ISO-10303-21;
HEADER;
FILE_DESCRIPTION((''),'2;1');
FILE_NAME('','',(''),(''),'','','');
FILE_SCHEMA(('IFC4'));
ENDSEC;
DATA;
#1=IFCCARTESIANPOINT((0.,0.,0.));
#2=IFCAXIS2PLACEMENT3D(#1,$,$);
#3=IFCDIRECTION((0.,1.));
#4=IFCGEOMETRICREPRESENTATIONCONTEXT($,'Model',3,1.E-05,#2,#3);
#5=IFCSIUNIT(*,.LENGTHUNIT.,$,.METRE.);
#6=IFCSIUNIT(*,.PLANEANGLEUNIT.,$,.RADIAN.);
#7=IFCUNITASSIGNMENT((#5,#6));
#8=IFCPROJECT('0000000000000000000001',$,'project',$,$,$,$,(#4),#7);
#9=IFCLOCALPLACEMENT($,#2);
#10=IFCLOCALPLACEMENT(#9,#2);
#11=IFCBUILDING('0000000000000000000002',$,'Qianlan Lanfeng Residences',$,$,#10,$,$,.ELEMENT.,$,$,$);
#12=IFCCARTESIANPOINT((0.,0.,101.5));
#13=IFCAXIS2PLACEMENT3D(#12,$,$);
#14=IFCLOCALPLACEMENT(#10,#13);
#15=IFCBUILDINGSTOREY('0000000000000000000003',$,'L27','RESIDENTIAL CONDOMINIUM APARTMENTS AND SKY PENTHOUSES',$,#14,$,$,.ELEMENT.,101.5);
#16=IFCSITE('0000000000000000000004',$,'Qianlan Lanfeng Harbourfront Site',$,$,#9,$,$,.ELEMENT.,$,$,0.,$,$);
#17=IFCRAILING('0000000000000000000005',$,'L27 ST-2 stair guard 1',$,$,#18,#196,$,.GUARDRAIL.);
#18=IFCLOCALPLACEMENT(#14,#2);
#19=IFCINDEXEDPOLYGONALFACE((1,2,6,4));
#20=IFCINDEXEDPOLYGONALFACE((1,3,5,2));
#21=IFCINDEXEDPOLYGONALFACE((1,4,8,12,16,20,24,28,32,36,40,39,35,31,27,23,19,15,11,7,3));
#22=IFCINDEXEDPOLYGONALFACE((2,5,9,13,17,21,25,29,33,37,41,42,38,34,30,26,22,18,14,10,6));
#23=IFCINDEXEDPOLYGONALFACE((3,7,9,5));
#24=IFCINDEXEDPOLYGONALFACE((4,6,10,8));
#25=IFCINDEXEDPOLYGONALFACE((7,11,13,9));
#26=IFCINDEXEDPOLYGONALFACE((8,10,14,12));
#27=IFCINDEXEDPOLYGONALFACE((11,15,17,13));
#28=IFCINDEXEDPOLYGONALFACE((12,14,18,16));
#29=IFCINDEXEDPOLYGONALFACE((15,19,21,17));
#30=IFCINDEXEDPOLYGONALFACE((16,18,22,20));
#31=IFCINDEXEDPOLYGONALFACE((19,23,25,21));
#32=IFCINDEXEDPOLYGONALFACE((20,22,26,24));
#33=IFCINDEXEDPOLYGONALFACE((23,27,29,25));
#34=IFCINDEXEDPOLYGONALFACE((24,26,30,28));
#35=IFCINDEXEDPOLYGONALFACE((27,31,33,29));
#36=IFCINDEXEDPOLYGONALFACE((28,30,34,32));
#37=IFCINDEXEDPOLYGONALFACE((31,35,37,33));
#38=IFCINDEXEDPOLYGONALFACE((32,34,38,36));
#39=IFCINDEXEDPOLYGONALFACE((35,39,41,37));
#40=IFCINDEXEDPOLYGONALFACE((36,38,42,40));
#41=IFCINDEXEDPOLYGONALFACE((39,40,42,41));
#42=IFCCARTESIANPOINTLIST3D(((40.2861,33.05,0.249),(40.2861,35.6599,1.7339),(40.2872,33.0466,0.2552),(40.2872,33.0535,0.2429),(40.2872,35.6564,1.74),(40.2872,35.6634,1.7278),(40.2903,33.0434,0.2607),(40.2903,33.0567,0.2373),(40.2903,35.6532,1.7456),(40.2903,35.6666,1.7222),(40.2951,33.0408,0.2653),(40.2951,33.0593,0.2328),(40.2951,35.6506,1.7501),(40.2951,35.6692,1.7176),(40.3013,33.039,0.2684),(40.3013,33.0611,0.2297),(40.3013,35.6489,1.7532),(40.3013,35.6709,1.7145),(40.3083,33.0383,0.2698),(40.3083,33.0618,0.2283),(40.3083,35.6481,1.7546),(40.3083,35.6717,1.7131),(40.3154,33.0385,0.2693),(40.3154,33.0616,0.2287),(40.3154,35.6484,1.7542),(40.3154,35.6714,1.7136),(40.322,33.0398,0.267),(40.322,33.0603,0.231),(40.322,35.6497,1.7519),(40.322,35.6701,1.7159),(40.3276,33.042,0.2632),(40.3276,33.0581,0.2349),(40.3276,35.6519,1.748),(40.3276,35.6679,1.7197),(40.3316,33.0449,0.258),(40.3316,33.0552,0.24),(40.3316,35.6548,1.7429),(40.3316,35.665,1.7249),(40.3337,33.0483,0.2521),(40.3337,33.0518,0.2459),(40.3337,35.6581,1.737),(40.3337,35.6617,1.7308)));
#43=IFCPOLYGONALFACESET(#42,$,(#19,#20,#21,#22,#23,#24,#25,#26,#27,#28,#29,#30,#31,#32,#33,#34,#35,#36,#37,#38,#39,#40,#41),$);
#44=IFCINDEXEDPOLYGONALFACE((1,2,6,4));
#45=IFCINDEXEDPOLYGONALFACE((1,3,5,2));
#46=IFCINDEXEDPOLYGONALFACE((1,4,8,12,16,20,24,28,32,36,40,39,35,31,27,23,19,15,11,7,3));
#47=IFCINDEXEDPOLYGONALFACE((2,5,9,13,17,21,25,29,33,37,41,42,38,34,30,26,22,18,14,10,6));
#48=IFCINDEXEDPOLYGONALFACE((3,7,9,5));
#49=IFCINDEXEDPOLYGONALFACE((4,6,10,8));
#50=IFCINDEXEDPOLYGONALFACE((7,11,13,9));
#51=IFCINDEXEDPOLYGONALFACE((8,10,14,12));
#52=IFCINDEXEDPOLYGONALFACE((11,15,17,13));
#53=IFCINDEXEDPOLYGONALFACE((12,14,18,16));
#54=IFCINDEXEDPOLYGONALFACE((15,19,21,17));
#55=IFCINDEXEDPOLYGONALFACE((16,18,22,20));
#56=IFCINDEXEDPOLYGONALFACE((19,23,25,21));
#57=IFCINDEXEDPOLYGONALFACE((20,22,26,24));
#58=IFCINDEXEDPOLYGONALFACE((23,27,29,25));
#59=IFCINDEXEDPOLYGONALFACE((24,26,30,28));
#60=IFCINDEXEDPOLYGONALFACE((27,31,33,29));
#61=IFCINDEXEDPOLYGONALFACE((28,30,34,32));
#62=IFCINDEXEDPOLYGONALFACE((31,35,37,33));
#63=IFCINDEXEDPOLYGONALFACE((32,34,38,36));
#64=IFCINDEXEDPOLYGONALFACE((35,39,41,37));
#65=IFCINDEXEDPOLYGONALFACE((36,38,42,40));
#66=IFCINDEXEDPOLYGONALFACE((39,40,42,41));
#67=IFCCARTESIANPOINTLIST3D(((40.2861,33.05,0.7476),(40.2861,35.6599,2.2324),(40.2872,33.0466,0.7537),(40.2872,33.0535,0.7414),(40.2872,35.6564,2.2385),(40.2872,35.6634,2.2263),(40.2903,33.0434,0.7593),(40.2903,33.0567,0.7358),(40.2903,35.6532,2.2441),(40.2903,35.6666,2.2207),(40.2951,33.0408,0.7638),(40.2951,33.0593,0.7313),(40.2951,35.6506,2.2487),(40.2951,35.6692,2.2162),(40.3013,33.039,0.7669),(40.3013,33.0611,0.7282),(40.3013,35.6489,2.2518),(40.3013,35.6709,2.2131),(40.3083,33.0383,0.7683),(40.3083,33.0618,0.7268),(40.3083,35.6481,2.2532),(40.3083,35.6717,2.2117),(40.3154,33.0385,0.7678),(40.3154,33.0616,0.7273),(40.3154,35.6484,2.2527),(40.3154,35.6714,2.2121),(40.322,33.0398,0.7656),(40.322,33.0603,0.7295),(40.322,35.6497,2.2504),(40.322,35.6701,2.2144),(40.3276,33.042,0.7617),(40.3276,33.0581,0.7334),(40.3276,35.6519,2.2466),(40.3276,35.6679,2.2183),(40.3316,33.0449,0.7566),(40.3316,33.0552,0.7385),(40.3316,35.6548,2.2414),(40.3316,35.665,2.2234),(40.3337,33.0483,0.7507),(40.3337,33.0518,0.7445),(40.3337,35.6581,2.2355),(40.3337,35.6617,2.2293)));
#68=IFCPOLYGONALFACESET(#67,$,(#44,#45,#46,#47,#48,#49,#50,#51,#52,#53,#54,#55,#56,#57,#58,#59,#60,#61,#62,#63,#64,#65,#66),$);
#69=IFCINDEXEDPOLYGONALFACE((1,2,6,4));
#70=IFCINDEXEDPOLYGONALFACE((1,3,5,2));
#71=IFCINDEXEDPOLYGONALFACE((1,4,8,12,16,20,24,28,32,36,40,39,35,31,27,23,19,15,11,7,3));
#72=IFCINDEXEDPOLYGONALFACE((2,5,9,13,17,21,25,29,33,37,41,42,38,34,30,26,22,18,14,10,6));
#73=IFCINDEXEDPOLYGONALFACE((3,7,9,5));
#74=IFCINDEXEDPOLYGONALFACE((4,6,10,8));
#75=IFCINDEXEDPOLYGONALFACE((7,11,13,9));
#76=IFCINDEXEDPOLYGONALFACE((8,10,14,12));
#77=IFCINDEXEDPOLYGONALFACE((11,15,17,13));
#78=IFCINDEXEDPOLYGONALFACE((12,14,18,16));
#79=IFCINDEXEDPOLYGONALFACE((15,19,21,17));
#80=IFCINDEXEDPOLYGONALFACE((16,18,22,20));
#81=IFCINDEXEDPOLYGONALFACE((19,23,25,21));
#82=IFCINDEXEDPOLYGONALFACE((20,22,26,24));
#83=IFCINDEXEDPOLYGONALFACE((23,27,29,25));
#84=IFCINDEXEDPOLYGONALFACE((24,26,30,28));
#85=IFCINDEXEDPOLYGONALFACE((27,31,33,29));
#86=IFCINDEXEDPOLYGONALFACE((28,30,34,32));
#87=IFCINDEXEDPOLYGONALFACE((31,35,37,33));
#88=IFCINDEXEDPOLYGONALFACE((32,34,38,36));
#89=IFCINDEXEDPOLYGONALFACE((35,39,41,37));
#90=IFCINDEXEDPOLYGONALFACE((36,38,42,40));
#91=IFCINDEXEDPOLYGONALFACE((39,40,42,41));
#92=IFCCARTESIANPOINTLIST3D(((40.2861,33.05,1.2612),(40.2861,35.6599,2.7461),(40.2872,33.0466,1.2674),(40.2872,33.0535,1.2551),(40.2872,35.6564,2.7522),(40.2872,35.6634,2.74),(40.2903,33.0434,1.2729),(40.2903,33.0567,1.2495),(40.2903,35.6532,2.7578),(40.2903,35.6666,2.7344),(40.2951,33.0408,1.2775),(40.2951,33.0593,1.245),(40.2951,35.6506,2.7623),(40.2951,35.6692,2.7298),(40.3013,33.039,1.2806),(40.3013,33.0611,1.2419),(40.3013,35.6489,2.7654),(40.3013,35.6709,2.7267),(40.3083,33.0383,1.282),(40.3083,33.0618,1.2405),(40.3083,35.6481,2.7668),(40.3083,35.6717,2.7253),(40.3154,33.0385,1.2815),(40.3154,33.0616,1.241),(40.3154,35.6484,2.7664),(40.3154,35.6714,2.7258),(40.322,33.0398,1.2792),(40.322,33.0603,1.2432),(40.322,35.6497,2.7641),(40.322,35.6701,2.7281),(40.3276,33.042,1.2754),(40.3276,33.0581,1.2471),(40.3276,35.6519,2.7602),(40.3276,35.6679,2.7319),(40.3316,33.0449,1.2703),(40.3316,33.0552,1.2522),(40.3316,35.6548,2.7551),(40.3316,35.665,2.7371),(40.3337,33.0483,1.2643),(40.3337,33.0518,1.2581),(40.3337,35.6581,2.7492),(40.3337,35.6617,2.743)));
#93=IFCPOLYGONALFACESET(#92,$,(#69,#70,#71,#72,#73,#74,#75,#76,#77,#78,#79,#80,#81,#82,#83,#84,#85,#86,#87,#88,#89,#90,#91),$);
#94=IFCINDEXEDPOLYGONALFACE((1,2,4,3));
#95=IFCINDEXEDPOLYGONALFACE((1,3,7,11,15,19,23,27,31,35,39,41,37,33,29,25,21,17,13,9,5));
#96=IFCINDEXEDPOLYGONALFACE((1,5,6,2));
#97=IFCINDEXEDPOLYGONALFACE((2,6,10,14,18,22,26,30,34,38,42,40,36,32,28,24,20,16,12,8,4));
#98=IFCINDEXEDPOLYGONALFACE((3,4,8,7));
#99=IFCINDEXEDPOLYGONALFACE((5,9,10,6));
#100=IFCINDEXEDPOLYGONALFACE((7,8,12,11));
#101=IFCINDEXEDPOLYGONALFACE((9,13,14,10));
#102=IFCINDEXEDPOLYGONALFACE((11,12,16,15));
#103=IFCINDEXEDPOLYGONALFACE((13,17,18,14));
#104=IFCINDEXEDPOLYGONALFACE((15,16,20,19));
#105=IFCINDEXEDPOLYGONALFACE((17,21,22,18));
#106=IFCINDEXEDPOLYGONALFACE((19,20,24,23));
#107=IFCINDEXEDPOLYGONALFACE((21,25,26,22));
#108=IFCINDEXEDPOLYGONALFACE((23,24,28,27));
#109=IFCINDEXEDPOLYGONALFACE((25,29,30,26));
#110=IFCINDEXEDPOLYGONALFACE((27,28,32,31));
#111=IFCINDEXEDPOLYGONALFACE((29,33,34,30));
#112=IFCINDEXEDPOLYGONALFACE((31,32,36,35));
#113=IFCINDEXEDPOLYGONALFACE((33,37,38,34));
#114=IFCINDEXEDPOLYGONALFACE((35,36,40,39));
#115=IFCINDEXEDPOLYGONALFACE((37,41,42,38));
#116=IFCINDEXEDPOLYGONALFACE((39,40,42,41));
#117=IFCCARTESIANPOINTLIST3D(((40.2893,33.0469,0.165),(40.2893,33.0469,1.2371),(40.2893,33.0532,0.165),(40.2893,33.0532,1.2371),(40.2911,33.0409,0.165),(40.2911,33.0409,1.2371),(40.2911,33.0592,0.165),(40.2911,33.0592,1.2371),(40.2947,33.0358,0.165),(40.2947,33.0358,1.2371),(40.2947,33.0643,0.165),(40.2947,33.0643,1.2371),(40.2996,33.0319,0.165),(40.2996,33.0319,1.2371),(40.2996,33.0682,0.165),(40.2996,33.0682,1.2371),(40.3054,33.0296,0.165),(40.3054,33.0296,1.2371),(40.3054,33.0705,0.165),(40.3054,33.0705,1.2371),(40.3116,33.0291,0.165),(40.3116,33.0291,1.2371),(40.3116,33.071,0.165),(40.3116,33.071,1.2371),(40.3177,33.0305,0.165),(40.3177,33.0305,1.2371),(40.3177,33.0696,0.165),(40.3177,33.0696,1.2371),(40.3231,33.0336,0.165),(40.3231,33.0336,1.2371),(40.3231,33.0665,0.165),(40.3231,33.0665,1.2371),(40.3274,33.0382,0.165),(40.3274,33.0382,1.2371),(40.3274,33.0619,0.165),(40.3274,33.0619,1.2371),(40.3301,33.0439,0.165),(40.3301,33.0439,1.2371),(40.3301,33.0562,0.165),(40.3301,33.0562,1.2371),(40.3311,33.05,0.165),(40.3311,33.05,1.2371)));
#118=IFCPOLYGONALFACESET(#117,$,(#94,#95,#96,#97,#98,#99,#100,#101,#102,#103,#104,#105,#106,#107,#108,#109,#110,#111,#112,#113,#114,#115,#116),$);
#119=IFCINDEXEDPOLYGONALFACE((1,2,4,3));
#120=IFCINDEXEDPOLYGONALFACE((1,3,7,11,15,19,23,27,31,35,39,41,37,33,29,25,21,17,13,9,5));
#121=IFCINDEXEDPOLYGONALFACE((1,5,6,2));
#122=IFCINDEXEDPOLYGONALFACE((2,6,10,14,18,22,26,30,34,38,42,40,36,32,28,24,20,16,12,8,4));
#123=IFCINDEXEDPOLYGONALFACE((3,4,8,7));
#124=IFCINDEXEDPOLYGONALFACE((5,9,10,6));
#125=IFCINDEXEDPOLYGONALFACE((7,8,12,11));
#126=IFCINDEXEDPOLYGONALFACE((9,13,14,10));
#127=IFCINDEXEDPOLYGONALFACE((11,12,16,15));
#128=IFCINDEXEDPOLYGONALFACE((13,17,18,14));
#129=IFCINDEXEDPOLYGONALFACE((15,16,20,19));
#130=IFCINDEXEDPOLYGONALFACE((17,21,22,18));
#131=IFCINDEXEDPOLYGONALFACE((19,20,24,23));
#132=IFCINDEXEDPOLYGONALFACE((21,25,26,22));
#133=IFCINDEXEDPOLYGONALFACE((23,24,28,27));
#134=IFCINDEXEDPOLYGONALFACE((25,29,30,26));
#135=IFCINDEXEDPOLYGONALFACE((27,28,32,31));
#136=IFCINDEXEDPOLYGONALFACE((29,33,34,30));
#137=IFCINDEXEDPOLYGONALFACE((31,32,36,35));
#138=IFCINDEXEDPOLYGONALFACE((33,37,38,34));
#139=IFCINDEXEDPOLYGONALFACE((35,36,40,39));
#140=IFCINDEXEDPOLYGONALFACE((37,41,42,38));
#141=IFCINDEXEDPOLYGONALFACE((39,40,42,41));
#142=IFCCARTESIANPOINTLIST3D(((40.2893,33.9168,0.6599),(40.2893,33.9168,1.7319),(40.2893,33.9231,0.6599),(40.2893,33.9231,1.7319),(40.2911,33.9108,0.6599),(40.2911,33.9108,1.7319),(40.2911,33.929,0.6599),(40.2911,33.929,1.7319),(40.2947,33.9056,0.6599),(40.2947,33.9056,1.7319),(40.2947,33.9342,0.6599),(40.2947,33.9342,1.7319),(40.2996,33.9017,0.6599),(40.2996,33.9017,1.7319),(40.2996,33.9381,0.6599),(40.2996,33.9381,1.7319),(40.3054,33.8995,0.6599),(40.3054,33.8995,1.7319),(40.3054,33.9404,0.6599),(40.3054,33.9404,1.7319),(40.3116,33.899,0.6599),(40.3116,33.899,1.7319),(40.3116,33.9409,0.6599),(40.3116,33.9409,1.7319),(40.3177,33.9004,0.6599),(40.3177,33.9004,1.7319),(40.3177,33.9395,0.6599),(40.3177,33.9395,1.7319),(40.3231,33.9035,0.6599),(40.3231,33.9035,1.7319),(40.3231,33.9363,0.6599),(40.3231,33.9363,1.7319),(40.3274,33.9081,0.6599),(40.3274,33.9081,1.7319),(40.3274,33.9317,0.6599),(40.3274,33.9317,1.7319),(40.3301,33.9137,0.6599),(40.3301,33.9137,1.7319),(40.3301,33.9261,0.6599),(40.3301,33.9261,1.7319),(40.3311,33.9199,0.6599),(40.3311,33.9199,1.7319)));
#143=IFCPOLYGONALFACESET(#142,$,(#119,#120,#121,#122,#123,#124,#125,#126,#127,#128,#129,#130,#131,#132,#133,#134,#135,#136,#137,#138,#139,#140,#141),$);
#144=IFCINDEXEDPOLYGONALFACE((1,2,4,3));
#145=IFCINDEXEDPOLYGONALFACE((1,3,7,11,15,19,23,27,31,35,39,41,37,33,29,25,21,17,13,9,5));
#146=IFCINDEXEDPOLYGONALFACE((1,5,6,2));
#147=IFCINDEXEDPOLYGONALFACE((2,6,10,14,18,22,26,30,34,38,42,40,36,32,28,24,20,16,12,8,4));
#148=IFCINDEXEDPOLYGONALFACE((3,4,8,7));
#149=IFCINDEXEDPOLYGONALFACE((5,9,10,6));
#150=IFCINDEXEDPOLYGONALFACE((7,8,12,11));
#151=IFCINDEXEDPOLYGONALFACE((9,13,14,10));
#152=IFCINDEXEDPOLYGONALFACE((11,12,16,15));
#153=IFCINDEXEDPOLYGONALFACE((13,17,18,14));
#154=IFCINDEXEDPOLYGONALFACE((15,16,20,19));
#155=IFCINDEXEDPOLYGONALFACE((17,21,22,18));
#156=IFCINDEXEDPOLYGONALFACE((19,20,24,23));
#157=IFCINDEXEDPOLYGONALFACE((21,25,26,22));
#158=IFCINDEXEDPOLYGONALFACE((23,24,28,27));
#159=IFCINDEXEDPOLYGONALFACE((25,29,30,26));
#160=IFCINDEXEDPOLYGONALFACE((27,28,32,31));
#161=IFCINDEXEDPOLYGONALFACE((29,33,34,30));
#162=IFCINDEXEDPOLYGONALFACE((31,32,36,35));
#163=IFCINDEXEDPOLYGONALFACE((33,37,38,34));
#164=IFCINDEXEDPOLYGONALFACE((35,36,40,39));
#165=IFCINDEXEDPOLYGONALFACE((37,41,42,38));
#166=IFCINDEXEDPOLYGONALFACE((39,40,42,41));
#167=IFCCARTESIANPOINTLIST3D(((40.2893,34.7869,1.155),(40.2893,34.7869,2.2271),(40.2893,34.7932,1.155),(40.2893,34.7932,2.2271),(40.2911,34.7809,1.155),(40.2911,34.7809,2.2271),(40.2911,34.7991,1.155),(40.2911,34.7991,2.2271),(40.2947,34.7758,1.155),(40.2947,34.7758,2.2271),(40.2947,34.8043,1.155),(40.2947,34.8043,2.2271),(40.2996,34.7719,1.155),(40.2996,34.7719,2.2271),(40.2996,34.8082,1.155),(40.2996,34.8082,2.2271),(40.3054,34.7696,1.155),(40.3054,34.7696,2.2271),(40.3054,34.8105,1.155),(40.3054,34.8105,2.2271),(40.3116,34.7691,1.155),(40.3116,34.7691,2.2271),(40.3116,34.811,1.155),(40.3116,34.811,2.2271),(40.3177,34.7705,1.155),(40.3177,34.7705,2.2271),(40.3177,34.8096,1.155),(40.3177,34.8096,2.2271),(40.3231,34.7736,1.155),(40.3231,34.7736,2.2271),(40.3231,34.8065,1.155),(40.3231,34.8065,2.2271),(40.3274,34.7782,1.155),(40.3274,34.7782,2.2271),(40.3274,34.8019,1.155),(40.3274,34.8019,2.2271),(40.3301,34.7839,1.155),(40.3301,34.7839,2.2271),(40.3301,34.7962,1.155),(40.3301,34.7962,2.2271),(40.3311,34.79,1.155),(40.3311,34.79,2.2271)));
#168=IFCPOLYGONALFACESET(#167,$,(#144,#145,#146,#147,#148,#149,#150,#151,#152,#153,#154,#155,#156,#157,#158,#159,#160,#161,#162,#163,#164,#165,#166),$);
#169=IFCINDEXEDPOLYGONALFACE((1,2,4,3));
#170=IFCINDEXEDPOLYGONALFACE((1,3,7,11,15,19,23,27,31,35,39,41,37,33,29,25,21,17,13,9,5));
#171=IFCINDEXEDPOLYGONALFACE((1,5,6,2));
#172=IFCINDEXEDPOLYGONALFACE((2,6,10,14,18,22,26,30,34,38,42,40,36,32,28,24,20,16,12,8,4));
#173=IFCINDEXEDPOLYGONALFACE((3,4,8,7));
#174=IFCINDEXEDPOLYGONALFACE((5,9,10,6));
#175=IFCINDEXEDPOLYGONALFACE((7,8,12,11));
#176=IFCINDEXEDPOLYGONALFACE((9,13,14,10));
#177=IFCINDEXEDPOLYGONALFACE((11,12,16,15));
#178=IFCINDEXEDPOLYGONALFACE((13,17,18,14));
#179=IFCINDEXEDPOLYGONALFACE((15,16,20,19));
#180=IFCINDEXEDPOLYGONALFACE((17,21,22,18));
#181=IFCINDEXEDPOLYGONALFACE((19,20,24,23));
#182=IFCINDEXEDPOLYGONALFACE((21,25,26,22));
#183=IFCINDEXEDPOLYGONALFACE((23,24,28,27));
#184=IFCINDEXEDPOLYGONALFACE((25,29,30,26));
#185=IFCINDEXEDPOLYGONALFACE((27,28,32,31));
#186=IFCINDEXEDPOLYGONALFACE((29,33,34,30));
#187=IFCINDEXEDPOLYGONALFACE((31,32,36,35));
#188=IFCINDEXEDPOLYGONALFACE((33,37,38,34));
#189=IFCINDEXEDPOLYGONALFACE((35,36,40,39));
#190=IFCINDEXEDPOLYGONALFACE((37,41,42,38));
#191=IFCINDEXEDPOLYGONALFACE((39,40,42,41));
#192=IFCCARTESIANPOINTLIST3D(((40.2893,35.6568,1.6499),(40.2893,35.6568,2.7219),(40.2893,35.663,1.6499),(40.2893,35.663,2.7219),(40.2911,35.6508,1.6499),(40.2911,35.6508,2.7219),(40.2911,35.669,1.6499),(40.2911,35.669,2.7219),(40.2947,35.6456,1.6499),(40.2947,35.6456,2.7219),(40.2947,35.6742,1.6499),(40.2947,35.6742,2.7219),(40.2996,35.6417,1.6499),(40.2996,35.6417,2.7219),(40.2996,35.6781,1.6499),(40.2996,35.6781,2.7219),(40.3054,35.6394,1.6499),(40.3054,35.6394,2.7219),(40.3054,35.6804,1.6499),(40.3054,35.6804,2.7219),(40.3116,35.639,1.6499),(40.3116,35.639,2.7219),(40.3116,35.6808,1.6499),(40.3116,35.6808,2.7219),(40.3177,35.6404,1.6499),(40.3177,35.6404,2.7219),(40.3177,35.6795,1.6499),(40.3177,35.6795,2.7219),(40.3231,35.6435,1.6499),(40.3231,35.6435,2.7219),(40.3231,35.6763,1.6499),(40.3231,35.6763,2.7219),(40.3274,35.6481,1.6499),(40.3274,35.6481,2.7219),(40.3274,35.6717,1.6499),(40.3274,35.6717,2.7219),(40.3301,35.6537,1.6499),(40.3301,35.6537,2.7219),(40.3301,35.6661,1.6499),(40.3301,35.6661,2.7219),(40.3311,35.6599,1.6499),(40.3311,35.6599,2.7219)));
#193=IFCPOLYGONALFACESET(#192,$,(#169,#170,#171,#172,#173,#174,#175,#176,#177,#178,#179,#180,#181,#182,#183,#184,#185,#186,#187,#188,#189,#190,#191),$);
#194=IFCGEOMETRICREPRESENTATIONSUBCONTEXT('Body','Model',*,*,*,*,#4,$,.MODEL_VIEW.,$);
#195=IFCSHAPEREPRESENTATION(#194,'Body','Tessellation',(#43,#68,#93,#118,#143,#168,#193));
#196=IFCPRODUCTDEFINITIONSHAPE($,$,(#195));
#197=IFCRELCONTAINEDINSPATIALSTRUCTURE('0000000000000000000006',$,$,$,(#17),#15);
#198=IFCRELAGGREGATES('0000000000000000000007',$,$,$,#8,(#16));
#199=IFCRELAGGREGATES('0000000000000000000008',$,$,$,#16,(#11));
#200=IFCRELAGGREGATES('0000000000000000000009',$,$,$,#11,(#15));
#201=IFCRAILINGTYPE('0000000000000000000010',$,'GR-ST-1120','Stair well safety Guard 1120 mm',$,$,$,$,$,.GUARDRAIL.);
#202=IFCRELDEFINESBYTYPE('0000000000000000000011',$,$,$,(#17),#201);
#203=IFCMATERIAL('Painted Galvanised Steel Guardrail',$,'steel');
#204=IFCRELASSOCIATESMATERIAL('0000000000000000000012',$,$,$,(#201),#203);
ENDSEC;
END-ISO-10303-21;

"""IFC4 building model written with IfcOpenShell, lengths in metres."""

from ifc_helpers import new_model, si_unit, direction, frame, origin, origin_2d, place, context, subcontext, project, spatial, circle, extrude, material, type_object, element, save


model = new_model("IFC4")

# Units and contexts
model_context = context("Model", 3, precision=1e-05, world=origin(), true_north=direction((0.0, 1.0)))
body_context = subcontext(model_context, "Body", "Model", "MODEL_VIEW")
ifc_project = project(units=[si_unit("LENGTHUNIT", "METRE"), si_unit("PLANEANGLEUNIT", "RADIAN")], contexts=[model_context])

# Site, building, storey
site_placement = place(None, origin())
site = spatial("IfcSite", under=ifc_project, at=site_placement, Name="Qianlan Lanfeng Harbourfront Site", CompositionType="ELEMENT", RefElevation=0.0)
building_placement = place(site_placement, origin())
building = spatial("IfcBuilding", under=site, at=building_placement, Name="Qianlan Lanfeng Residences", CompositionType="ELEMENT")
storey_placement = place(building_placement, frame((0.0, 0.0, 101.5)))
storey = spatial("IfcBuildingStorey", under=building, at=storey_placement, Name="L27", Description="RESIDENTIAL CONDOMINIUM APARTMENTS AND SKY PENTHOUSES", CompositionType="ELEMENT", Elevation=101.5)

# Railing
ifc_material_1 = material(Name="Painted Galvanised Steel Guardrail", Category="steel")
railing_type_1 = type_object("IfcRailingType", Name="GR-ST-1120", Description="Stair well safety Guard 1120 mm", PredefinedType="GUARDRAIL", material=ifc_material_1)
railing_1_placement = place(storey_placement, frame((40.3101, 33.05, 0.165)))
element("IfcRailing", 1, at=railing_1_placement, inside=storey, type_object=railing_type_1, Name="L27 ST-2 stair guard 1", PredefinedType="GUARDRAIL", context=body_context, shape_type="SweptSolid", body=[
    extrude(circle(Radius=0.0239, at=origin_2d()), frame((0.0, 0.0, 0.084), z_axis=(0.0, 0.869172, 0.494509), x_axis=(-1.0, 0.0, 0.0)), (0.0, 0.0, 1.0), 3.0027),
    extrude(circle(Radius=0.0239, at=origin_2d()), frame((0.0, 0.0, 0.5825), z_axis=(0.0, 0.869172, 0.494509), x_axis=(-1.0, 0.0, 0.0)), (0.0, 0.0, 1.0), 3.0027),
    extrude(circle(Radius=0.0239, at=origin_2d()), frame((0.0, 0.0, 1.0962), z_axis=(0.0, 0.869172, 0.494509), x_axis=(-1.0, 0.0, 0.0)), (0.0, 0.0, 1.0), 3.0027),
    extrude(circle(Radius=0.021, at=origin_2d()), origin(), (0.0, 0.0, 1.0), 1.072),
    extrude(circle(Radius=0.021, at=origin_2d()), frame((0.0, 0.8699, 0.4949)), (0.0, 0.0, 1.0), 1.072),
    extrude(circle(Radius=0.021, at=origin_2d()), frame((0.0, 1.74, 0.99)), (0.0, 0.0, 1.0), 1.072),
    extrude(circle(Radius=0.021, at=origin_2d()), frame((0.0, 2.6099, 1.4849)), (0.0, 0.0, 1.0), 1.072),
])

save(model, "model.ifc")
